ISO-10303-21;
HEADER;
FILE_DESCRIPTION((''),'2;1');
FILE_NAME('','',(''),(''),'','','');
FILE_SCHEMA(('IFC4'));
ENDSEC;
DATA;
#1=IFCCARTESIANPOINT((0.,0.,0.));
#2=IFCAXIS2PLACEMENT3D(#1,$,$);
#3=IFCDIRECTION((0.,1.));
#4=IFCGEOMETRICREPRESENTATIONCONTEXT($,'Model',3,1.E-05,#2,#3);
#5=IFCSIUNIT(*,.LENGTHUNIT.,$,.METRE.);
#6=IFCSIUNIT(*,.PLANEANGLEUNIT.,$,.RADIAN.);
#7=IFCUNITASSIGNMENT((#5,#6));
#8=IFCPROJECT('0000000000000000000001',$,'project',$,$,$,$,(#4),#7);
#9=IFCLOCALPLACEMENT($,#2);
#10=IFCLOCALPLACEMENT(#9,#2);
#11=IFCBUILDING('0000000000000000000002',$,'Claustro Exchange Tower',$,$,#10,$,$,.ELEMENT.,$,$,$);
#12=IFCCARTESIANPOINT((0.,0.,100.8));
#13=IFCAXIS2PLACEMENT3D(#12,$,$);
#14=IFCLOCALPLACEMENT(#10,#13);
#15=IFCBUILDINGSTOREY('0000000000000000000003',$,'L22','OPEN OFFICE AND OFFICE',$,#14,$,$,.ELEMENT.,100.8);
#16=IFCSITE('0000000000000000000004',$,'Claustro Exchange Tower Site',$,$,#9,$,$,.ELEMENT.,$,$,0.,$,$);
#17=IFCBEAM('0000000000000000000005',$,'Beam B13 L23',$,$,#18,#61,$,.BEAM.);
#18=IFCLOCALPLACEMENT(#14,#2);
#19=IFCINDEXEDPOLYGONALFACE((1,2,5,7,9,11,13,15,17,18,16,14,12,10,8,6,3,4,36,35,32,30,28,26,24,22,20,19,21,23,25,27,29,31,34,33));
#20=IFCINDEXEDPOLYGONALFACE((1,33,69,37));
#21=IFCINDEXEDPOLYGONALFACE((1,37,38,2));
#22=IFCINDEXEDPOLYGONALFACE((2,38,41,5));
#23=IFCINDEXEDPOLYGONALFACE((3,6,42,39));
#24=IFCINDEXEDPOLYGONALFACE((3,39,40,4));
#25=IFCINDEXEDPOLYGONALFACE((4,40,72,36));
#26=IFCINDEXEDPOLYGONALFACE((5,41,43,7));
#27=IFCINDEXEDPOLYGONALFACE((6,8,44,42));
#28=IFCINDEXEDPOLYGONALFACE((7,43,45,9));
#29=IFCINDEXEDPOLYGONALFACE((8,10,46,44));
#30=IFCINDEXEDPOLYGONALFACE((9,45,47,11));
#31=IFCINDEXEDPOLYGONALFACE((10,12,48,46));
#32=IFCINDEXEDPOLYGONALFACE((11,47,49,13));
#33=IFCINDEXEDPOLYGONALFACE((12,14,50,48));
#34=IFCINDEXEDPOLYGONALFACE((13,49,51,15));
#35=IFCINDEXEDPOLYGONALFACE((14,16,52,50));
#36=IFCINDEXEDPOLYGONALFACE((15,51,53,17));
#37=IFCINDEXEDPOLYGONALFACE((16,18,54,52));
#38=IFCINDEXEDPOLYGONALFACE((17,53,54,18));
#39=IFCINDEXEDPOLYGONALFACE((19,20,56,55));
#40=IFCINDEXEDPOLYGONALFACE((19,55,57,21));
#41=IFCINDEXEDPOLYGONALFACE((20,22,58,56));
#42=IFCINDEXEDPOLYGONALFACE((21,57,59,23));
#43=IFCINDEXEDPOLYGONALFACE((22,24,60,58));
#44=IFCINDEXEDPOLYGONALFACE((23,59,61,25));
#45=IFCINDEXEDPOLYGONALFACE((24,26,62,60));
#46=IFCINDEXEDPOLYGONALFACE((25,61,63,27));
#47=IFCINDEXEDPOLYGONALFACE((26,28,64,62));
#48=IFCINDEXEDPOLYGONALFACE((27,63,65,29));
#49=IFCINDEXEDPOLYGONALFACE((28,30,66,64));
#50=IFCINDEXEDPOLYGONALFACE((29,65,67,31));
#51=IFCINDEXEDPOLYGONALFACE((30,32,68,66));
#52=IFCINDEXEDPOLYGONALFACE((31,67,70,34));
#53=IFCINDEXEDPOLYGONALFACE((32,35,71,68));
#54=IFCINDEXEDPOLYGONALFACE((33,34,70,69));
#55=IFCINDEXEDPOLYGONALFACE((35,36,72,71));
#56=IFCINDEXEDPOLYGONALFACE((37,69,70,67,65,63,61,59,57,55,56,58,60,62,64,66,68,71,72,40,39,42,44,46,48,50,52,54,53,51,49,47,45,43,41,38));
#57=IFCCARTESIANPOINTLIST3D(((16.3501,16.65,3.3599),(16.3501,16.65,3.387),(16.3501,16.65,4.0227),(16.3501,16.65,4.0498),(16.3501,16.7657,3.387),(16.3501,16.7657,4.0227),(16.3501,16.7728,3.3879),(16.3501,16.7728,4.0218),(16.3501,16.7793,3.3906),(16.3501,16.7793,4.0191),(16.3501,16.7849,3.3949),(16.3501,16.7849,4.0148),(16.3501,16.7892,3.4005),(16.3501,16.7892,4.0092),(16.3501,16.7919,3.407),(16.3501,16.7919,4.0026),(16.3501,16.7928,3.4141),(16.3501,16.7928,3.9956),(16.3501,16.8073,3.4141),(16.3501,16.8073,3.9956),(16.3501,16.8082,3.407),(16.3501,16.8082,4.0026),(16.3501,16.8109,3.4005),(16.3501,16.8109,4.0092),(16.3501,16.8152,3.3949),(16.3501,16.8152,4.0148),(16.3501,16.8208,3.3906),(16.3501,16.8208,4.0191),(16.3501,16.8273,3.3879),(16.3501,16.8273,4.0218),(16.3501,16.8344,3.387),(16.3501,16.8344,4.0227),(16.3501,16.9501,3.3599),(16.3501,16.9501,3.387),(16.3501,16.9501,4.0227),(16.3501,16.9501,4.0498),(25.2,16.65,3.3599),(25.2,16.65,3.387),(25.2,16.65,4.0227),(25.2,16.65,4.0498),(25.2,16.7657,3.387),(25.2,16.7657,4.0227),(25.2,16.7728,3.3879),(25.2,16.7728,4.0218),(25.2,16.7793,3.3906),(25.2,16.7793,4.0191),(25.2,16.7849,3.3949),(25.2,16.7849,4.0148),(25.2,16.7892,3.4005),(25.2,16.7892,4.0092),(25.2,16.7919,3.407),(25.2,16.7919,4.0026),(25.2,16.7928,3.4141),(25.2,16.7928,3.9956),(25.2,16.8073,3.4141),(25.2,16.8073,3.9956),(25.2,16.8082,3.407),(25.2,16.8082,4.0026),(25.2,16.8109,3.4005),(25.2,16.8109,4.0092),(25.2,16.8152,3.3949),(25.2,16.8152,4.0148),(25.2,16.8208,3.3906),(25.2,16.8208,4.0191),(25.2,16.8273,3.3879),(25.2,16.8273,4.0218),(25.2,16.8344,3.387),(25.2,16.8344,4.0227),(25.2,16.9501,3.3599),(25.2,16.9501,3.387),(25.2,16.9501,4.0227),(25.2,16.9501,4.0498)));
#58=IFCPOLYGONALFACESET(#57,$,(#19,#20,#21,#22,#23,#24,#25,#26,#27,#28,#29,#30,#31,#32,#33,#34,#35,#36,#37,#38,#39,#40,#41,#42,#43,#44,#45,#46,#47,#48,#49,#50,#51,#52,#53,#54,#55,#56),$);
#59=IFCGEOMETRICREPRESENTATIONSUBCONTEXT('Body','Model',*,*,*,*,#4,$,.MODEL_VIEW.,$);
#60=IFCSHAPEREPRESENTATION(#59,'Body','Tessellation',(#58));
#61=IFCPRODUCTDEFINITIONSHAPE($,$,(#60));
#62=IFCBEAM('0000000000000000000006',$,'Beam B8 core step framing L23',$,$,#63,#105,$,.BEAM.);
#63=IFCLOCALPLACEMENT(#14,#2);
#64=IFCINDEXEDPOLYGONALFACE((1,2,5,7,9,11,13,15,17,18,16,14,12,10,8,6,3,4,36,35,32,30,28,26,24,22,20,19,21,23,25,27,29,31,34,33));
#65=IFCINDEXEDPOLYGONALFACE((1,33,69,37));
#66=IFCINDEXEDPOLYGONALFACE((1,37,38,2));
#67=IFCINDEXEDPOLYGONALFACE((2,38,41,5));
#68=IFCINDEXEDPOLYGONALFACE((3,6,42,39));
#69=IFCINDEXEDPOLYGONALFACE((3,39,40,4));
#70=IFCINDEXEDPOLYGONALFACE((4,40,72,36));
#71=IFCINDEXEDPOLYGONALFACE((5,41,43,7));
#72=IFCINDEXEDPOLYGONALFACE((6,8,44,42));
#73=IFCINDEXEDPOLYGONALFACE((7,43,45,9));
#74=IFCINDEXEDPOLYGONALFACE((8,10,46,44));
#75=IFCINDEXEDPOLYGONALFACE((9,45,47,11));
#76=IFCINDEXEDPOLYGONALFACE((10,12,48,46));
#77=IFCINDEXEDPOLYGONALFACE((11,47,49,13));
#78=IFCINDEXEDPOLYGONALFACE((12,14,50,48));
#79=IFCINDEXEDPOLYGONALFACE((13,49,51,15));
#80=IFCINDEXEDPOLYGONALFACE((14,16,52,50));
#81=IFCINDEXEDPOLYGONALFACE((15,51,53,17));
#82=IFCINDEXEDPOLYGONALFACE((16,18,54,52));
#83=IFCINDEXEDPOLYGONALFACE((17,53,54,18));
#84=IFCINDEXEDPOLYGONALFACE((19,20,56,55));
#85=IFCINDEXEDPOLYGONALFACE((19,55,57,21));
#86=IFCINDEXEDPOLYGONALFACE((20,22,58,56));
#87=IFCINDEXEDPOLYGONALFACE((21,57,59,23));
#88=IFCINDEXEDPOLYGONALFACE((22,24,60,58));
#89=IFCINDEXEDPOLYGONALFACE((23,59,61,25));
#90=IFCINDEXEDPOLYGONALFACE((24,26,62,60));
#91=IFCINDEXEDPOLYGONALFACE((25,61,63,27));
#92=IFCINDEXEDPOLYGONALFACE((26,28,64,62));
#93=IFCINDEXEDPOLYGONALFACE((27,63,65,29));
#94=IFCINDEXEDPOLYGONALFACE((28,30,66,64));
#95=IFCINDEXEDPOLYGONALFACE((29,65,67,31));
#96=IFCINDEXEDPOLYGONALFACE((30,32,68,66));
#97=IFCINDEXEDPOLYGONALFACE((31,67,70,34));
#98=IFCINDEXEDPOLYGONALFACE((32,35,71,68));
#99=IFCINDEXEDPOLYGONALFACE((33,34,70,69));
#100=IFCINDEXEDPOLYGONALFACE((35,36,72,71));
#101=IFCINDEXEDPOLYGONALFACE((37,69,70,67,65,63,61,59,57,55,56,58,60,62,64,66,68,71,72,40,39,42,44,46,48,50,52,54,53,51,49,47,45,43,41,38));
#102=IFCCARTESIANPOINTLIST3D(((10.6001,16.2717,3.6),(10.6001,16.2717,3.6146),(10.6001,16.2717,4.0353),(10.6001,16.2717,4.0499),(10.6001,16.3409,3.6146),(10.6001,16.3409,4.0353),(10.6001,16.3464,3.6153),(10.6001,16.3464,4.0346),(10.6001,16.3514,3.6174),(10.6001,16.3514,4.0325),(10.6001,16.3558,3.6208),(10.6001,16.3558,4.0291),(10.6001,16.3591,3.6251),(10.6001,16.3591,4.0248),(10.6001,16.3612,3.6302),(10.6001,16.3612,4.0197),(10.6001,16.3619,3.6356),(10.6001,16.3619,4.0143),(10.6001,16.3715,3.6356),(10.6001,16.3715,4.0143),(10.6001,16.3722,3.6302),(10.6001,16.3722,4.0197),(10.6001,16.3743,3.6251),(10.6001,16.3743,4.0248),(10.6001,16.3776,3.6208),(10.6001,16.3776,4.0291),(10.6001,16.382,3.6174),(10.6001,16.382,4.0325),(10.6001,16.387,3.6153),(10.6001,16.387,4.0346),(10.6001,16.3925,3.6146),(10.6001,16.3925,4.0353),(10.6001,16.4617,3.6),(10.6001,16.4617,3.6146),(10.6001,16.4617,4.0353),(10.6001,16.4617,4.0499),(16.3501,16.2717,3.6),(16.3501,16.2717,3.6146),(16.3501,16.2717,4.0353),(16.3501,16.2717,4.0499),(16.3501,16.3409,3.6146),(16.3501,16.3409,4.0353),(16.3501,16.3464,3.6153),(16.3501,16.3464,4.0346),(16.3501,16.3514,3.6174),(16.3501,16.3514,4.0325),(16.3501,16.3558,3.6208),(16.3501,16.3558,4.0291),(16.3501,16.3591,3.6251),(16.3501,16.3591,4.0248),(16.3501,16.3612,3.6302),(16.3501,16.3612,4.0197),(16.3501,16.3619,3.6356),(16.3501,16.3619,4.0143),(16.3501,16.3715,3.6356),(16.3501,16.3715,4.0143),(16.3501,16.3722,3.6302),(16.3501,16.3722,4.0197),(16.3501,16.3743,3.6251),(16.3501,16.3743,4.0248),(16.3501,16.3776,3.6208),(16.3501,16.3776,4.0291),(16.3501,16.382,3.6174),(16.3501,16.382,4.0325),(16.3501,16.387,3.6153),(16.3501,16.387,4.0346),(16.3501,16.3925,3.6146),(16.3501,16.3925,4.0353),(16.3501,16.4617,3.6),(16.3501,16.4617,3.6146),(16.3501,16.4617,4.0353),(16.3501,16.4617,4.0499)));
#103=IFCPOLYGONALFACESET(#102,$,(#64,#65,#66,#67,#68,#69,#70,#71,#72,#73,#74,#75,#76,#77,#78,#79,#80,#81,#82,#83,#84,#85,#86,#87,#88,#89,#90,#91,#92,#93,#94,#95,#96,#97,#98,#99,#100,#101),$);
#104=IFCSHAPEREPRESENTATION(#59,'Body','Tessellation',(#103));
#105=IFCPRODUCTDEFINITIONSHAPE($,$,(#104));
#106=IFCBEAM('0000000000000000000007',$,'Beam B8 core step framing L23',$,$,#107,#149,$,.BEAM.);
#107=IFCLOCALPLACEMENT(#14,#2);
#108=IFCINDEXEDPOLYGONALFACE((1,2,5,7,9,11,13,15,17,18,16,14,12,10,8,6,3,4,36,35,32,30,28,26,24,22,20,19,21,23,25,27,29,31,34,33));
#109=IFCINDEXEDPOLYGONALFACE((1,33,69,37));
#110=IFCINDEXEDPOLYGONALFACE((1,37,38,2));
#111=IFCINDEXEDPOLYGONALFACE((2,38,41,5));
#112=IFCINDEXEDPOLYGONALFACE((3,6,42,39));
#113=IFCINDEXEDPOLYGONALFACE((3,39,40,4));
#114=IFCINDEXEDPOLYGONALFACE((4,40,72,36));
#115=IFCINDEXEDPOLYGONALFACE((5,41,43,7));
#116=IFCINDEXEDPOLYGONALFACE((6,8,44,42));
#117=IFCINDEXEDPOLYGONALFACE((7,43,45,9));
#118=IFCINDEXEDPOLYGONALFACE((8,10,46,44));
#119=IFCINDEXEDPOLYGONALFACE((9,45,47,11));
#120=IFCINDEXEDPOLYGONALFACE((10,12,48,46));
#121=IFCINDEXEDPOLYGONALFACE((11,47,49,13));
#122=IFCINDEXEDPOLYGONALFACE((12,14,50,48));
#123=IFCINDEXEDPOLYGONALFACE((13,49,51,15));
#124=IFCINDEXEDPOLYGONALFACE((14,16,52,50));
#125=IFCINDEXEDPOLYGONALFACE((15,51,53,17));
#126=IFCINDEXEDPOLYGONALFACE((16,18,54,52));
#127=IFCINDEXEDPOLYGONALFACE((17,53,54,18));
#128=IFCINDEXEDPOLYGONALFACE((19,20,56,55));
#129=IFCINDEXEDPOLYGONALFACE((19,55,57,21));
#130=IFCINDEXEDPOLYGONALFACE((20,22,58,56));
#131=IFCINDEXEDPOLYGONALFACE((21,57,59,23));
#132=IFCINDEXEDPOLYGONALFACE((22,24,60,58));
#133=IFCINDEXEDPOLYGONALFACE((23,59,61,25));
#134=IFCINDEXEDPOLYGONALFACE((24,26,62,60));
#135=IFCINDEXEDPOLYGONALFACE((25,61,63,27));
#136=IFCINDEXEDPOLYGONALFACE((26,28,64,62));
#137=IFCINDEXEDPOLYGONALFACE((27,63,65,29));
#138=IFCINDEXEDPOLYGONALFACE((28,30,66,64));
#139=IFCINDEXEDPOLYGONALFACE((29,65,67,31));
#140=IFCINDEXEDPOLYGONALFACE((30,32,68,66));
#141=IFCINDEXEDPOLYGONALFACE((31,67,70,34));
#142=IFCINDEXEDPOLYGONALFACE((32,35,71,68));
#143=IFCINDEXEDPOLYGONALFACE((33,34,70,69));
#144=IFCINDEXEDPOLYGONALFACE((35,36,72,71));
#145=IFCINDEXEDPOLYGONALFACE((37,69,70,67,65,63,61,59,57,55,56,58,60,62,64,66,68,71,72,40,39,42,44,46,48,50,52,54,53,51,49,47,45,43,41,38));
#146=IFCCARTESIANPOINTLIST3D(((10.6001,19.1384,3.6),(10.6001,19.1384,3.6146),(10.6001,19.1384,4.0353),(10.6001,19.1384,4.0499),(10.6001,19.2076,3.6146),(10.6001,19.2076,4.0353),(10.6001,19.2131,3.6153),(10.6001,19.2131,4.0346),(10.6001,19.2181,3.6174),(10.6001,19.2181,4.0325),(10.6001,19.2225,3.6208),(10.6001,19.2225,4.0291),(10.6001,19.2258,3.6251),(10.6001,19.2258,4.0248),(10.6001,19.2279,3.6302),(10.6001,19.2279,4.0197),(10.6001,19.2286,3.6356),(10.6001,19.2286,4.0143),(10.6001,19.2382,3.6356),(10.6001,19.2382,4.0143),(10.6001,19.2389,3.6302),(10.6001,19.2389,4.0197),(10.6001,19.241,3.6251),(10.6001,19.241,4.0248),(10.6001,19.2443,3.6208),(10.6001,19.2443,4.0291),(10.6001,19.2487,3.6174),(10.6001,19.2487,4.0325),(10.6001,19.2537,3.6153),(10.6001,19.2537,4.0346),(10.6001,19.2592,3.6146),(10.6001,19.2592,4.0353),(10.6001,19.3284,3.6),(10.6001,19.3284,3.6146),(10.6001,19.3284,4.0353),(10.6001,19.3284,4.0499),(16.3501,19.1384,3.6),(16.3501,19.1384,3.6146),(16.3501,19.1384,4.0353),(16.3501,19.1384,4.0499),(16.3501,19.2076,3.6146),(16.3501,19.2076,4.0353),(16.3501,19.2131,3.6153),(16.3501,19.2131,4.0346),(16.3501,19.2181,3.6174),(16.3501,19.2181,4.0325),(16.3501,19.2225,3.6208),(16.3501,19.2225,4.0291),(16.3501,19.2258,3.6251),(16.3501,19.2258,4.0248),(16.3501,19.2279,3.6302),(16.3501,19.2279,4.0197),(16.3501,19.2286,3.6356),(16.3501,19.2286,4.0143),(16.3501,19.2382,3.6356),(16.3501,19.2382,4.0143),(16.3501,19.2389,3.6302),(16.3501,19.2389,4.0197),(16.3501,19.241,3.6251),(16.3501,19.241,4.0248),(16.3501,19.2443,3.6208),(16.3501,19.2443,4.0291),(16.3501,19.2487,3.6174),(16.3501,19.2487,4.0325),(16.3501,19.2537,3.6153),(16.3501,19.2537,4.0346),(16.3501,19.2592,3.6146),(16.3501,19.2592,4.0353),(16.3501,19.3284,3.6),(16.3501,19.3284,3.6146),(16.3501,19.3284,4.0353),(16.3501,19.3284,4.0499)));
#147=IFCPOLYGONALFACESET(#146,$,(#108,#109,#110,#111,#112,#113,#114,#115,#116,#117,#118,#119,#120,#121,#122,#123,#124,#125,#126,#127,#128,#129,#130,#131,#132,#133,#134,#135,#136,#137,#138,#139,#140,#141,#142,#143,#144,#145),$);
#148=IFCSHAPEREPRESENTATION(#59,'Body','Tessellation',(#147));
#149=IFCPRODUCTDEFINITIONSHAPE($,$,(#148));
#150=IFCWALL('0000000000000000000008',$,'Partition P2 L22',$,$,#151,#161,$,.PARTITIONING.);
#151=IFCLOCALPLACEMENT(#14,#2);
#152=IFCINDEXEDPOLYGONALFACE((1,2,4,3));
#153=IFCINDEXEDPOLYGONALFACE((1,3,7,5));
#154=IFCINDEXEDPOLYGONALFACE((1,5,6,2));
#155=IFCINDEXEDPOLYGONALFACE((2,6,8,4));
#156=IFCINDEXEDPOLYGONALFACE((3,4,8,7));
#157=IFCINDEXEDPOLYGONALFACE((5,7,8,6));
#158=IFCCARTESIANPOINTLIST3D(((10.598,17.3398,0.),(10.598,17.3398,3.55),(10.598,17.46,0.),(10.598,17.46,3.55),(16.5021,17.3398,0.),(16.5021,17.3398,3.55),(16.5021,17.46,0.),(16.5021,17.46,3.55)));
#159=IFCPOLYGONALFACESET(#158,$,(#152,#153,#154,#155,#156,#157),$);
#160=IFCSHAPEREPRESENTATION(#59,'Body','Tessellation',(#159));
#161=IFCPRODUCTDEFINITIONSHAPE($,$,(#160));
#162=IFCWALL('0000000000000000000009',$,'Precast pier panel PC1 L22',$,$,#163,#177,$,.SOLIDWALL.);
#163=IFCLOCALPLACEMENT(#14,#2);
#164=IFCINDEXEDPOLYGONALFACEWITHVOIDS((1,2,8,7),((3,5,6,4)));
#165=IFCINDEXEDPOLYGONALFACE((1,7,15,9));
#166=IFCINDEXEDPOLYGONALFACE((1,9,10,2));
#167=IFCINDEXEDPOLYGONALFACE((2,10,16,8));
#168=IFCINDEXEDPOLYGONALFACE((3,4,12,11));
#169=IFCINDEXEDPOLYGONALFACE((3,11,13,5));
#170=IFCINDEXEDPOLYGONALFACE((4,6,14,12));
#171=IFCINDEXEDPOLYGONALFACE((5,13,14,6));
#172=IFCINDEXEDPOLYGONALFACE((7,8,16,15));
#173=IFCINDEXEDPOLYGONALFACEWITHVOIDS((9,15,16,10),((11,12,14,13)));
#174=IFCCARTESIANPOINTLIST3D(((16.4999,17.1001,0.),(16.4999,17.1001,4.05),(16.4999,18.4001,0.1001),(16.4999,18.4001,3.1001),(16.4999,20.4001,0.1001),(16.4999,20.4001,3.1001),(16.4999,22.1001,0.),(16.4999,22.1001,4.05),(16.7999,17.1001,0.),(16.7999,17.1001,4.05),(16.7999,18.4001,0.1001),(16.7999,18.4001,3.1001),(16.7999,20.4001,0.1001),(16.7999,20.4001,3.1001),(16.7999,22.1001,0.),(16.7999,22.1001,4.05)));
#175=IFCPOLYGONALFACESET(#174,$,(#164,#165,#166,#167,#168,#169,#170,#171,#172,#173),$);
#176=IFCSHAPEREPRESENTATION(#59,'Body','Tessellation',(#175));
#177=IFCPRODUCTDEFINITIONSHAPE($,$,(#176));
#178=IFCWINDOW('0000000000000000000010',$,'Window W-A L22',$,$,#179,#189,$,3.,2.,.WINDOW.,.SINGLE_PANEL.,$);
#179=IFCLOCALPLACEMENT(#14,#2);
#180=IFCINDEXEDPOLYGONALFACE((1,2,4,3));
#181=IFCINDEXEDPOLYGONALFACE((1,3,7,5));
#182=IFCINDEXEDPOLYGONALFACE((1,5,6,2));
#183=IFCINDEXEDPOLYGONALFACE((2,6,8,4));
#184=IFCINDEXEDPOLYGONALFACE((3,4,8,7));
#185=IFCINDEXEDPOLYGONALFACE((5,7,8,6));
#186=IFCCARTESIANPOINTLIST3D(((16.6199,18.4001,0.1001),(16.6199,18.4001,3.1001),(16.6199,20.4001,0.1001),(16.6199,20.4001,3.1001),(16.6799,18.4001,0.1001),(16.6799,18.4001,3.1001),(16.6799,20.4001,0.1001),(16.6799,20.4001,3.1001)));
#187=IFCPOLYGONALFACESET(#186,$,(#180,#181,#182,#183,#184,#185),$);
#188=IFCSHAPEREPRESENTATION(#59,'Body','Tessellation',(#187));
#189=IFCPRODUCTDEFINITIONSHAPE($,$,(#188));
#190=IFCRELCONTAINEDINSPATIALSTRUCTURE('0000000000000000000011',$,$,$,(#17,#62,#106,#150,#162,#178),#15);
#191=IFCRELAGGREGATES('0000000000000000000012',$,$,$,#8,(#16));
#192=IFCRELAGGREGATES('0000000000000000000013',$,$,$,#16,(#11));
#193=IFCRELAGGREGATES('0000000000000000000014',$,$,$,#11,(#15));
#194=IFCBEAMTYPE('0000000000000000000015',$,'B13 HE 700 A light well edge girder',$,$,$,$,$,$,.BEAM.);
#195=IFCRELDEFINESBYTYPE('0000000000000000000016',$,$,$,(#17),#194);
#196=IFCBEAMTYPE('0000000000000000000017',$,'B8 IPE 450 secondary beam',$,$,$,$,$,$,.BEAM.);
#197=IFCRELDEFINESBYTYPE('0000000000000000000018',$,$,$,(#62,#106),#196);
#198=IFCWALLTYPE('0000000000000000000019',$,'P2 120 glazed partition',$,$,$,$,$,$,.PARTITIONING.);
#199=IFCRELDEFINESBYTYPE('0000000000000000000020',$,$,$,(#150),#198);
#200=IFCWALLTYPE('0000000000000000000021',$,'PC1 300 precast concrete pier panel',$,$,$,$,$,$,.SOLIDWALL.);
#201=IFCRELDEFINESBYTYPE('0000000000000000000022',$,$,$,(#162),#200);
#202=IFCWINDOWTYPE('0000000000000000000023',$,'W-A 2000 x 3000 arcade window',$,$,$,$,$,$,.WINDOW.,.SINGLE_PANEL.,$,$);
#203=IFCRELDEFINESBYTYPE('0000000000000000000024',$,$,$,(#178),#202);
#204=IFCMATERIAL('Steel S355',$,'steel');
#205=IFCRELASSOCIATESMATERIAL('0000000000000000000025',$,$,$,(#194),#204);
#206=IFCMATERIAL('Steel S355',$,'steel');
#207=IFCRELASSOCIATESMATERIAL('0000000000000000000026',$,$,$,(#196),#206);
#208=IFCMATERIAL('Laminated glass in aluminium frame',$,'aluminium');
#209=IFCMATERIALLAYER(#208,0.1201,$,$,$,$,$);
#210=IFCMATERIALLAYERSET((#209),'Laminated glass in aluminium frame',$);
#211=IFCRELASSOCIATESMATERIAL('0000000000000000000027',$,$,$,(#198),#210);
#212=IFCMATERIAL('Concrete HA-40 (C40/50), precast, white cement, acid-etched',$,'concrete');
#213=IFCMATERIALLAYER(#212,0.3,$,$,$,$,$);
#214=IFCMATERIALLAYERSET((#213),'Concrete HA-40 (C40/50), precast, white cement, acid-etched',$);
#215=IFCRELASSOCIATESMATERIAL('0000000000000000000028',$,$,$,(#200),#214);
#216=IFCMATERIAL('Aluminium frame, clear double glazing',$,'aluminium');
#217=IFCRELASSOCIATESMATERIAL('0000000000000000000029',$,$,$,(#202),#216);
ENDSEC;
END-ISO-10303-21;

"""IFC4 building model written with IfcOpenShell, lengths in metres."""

from ifc_helpers import new_model, si_unit, direction, frame, frame_2d, origin, origin_2d, place, context, subcontext, project, spatial, rectangle, i_section, extrude, material, layer, layer_set, material_profile, profile_set, type_object, element, fill, save


model = new_model("IFC4")

# Units and contexts
model_context = context("Model", 3, precision=1e-05, world=origin(), true_north=direction((0.0, 1.0)))
body_context = subcontext(model_context, "Body", "Model", "MODEL_VIEW")
ifc_project = project(units=[si_unit("LENGTHUNIT", "METRE"), si_unit("PLANEANGLEUNIT", "RADIAN")], contexts=[model_context])

# Site, building, storey
site_placement = place(None, origin())
site = spatial("IfcSite", under=ifc_project, at=site_placement, Name="Claustro Exchange Tower Site", CompositionType="ELEMENT", RefElevation=0.0)
building_placement = place(site_placement, origin())
building = spatial("IfcBuilding", under=site, at=building_placement, Name="Claustro Exchange Tower", CompositionType="ELEMENT")
storey_placement = place(building_placement, frame((0.0, 0.0, 100.8)))
storey = spatial("IfcBuildingStorey", under=building, at=storey_placement, Name="L22", Description="OPEN OFFICE AND OFFICE", CompositionType="ELEMENT", Elevation=100.8)

# Beams
ifc_material_1 = material(Name="Steel S355", Category="steel")
ifc_material_profile_1 = material_profile(ifc_material_1, i_section(OverallWidth=0.3, OverallDepth=0.6899, WebThickness=0.0144, FlangeThickness=0.0271, FilletRadius=0.0271, at=origin_2d()), Name="HE 700 A")
ifc_profile_set_1 = profile_set([ifc_material_profile_1], Name="Steel S355")
beam_type_1 = type_object("IfcBeamType", Name="B13 HE 700 A light well edge girder", PredefinedType="BEAM", material=ifc_profile_set_1)
beam_placement = place(storey_placement, frame((16.3501, 16.8, 3.7048), z_axis=(1.0, 0.0, 0.0), x_axis=(0.0, 1.0, 0.0)))
element("IfcBeam", 1, at=beam_placement, inside=storey, type_object=beam_type_1, Name="Beam B13 L23", PredefinedType="BEAM", context=body_context, shape_type="SweptSolid", body=[
    extrude(i_section(OverallWidth=0.3, OverallDepth=0.6899, WebThickness=0.0144, FlangeThickness=0.0271, FilletRadius=0.0271, at=origin_2d()), origin(), (0.0, 0.0, 1.0), 8.8499),
])
ifc_material_2 = material(Name="Steel S355", Category="steel")
ifc_material_profile_2 = material_profile(ifc_material_2, i_section(OverallWidth=0.1899, OverallDepth=0.45, WebThickness=0.0095, FlangeThickness=0.0146, FilletRadius=0.021, at=origin_2d()), Name="IPE 450")
ifc_profile_set_2 = profile_set([ifc_material_profile_2], Name="Steel S355")
beam_type_2 = type_object("IfcBeamType", Name="B8 IPE 450 secondary beam", PredefinedType="BEAM", material=ifc_profile_set_2)
for number, where, z_axis, x_axis, name in (
    (2, (10.6001, 16.3667, 3.825), (1.0, 0.0, 0.0), (0.0, 1.0, 0.0), "Beam B8 core step framing L23"),
    (3, (10.6001, 19.2334, 3.825), (1.0, 0.0, 0.0), (0.0, 1.0, 0.0), "Beam B8 core step framing L23"),
):
    element("IfcBeam", number, at=place(storey_placement, frame(where, z_axis=z_axis, x_axis=x_axis)), inside=storey, type_object=beam_type_2, Name=name, PredefinedType="BEAM", context=body_context, shape_type="SweptSolid", body=[
        extrude(i_section(OverallWidth=0.1899, OverallDepth=0.45, WebThickness=0.0095, FlangeThickness=0.0146, FilletRadius=0.021, at=origin_2d()), origin(), (0.0, 0.0, 1.0), 5.75),
    ])

# Wall
ifc_material_3 = material(Name="Laminated glass in aluminium frame", Category="aluminium")
ifc_layer_1 = layer(ifc_material_3, 0.1201)
ifc_layer_set_1 = layer_set([ifc_layer_1], Name="Laminated glass in aluminium frame")
wall_type_1 = type_object("IfcWallType", Name="P2 120 glazed partition", PredefinedType="PARTITIONING", material=ifc_layer_set_1)
wall_1_placement = place(storey_placement, frame((10.5979, 17.3999, 0.0), z_axis=(0.0, 0.0, 1.0), x_axis=(1.0, 0.0, 0.0)))
element("IfcWall", 4, at=wall_1_placement, inside=storey, type_object=wall_type_1, Name="Partition P2 L22", PredefinedType="PARTITIONING", context=body_context, shape_type="SweptSolid", body=[
    extrude(rectangle(XDim=5.9041, YDim=0.1201, at=frame_2d((2.9521, 0.0))), origin(), (0.0, 0.0, 1.0), 3.55),
])

# Wall, opening, window
ifc_material_4 = material(Name="Concrete HA-40 (C40/50), precast, white cement, acid-etched", Category="concrete")
ifc_layer_2 = layer(ifc_material_4, 0.3)
ifc_layer_set_2 = layer_set([ifc_layer_2], Name="Concrete HA-40 (C40/50), precast, white cement, acid-etched")
wall_type_2 = type_object("IfcWallType", Name="PC1 300 precast concrete pier panel", PredefinedType="SOLIDWALL", material=ifc_layer_set_2)
wall_2_placement = place(storey_placement, frame((16.6499, 17.1001, 0.0), z_axis=(0.0, 0.0, 1.0), x_axis=(0.0, 1.0, 0.0)))
wall_2 = element("IfcWall", 5, at=wall_2_placement, inside=storey, type_object=wall_type_2, Name="Precast pier panel PC1 L22", PredefinedType="SOLIDWALL", context=body_context, shape_type="SweptSolid", body=[
    extrude(rectangle(XDim=5.0, YDim=0.3, at=frame_2d((2.5, 0.0))), origin(), (0.0, 0.0, 1.0), 4.05),
])
opening_1_placement = place(wall_2_placement, frame((1.3, 0.0, 0.1001)))
opening_1 = element("IfcOpeningElement", 6, at=opening_1_placement, cuts=wall_2, PredefinedType="OPENING", context=body_context, shape_type="SweptSolid", body=[
    extrude(rectangle(XDim=2.0, YDim=3.0, at=frame_2d((1.0, 1.5))), frame((0.0, 0.1599, 0.0), z_axis=(0.0, -1.0, 0.0), x_axis=(1.0, 0.0, 0.0)), (0.0, 0.0, 1.0), 0.3201),
])
ifc_material_5 = material(Name="Aluminium frame, clear double glazing", Category="aluminium")
window_type = type_object("IfcWindowType", Name="W-A 2000 x 3000 arcade window", PartitioningType="SINGLE_PANEL", PredefinedType="WINDOW", material=ifc_material_5)
window_1_placement = place(opening_1_placement, origin())
window_1 = element("IfcWindow", 7, at=window_1_placement, inside=storey, type_object=window_type, Name="Window W-A L22", OverallHeight=3.0, OverallWidth=2.0, PartitioningType="SINGLE_PANEL", PredefinedType="WINDOW", context=body_context, shape_type="SweptSolid", body=[
    extrude(rectangle(XDim=2.0, YDim=3.0, at=frame_2d((1.0, 1.5))), frame((0.0, 0.03, 0.0), z_axis=(0.0, -1.0, 0.0), x_axis=(1.0, 0.0, 0.0)), (0.0, 0.0, 1.0), 0.0601),
])
fill(opening_1, window_1)

save(model, "model.ifc")
